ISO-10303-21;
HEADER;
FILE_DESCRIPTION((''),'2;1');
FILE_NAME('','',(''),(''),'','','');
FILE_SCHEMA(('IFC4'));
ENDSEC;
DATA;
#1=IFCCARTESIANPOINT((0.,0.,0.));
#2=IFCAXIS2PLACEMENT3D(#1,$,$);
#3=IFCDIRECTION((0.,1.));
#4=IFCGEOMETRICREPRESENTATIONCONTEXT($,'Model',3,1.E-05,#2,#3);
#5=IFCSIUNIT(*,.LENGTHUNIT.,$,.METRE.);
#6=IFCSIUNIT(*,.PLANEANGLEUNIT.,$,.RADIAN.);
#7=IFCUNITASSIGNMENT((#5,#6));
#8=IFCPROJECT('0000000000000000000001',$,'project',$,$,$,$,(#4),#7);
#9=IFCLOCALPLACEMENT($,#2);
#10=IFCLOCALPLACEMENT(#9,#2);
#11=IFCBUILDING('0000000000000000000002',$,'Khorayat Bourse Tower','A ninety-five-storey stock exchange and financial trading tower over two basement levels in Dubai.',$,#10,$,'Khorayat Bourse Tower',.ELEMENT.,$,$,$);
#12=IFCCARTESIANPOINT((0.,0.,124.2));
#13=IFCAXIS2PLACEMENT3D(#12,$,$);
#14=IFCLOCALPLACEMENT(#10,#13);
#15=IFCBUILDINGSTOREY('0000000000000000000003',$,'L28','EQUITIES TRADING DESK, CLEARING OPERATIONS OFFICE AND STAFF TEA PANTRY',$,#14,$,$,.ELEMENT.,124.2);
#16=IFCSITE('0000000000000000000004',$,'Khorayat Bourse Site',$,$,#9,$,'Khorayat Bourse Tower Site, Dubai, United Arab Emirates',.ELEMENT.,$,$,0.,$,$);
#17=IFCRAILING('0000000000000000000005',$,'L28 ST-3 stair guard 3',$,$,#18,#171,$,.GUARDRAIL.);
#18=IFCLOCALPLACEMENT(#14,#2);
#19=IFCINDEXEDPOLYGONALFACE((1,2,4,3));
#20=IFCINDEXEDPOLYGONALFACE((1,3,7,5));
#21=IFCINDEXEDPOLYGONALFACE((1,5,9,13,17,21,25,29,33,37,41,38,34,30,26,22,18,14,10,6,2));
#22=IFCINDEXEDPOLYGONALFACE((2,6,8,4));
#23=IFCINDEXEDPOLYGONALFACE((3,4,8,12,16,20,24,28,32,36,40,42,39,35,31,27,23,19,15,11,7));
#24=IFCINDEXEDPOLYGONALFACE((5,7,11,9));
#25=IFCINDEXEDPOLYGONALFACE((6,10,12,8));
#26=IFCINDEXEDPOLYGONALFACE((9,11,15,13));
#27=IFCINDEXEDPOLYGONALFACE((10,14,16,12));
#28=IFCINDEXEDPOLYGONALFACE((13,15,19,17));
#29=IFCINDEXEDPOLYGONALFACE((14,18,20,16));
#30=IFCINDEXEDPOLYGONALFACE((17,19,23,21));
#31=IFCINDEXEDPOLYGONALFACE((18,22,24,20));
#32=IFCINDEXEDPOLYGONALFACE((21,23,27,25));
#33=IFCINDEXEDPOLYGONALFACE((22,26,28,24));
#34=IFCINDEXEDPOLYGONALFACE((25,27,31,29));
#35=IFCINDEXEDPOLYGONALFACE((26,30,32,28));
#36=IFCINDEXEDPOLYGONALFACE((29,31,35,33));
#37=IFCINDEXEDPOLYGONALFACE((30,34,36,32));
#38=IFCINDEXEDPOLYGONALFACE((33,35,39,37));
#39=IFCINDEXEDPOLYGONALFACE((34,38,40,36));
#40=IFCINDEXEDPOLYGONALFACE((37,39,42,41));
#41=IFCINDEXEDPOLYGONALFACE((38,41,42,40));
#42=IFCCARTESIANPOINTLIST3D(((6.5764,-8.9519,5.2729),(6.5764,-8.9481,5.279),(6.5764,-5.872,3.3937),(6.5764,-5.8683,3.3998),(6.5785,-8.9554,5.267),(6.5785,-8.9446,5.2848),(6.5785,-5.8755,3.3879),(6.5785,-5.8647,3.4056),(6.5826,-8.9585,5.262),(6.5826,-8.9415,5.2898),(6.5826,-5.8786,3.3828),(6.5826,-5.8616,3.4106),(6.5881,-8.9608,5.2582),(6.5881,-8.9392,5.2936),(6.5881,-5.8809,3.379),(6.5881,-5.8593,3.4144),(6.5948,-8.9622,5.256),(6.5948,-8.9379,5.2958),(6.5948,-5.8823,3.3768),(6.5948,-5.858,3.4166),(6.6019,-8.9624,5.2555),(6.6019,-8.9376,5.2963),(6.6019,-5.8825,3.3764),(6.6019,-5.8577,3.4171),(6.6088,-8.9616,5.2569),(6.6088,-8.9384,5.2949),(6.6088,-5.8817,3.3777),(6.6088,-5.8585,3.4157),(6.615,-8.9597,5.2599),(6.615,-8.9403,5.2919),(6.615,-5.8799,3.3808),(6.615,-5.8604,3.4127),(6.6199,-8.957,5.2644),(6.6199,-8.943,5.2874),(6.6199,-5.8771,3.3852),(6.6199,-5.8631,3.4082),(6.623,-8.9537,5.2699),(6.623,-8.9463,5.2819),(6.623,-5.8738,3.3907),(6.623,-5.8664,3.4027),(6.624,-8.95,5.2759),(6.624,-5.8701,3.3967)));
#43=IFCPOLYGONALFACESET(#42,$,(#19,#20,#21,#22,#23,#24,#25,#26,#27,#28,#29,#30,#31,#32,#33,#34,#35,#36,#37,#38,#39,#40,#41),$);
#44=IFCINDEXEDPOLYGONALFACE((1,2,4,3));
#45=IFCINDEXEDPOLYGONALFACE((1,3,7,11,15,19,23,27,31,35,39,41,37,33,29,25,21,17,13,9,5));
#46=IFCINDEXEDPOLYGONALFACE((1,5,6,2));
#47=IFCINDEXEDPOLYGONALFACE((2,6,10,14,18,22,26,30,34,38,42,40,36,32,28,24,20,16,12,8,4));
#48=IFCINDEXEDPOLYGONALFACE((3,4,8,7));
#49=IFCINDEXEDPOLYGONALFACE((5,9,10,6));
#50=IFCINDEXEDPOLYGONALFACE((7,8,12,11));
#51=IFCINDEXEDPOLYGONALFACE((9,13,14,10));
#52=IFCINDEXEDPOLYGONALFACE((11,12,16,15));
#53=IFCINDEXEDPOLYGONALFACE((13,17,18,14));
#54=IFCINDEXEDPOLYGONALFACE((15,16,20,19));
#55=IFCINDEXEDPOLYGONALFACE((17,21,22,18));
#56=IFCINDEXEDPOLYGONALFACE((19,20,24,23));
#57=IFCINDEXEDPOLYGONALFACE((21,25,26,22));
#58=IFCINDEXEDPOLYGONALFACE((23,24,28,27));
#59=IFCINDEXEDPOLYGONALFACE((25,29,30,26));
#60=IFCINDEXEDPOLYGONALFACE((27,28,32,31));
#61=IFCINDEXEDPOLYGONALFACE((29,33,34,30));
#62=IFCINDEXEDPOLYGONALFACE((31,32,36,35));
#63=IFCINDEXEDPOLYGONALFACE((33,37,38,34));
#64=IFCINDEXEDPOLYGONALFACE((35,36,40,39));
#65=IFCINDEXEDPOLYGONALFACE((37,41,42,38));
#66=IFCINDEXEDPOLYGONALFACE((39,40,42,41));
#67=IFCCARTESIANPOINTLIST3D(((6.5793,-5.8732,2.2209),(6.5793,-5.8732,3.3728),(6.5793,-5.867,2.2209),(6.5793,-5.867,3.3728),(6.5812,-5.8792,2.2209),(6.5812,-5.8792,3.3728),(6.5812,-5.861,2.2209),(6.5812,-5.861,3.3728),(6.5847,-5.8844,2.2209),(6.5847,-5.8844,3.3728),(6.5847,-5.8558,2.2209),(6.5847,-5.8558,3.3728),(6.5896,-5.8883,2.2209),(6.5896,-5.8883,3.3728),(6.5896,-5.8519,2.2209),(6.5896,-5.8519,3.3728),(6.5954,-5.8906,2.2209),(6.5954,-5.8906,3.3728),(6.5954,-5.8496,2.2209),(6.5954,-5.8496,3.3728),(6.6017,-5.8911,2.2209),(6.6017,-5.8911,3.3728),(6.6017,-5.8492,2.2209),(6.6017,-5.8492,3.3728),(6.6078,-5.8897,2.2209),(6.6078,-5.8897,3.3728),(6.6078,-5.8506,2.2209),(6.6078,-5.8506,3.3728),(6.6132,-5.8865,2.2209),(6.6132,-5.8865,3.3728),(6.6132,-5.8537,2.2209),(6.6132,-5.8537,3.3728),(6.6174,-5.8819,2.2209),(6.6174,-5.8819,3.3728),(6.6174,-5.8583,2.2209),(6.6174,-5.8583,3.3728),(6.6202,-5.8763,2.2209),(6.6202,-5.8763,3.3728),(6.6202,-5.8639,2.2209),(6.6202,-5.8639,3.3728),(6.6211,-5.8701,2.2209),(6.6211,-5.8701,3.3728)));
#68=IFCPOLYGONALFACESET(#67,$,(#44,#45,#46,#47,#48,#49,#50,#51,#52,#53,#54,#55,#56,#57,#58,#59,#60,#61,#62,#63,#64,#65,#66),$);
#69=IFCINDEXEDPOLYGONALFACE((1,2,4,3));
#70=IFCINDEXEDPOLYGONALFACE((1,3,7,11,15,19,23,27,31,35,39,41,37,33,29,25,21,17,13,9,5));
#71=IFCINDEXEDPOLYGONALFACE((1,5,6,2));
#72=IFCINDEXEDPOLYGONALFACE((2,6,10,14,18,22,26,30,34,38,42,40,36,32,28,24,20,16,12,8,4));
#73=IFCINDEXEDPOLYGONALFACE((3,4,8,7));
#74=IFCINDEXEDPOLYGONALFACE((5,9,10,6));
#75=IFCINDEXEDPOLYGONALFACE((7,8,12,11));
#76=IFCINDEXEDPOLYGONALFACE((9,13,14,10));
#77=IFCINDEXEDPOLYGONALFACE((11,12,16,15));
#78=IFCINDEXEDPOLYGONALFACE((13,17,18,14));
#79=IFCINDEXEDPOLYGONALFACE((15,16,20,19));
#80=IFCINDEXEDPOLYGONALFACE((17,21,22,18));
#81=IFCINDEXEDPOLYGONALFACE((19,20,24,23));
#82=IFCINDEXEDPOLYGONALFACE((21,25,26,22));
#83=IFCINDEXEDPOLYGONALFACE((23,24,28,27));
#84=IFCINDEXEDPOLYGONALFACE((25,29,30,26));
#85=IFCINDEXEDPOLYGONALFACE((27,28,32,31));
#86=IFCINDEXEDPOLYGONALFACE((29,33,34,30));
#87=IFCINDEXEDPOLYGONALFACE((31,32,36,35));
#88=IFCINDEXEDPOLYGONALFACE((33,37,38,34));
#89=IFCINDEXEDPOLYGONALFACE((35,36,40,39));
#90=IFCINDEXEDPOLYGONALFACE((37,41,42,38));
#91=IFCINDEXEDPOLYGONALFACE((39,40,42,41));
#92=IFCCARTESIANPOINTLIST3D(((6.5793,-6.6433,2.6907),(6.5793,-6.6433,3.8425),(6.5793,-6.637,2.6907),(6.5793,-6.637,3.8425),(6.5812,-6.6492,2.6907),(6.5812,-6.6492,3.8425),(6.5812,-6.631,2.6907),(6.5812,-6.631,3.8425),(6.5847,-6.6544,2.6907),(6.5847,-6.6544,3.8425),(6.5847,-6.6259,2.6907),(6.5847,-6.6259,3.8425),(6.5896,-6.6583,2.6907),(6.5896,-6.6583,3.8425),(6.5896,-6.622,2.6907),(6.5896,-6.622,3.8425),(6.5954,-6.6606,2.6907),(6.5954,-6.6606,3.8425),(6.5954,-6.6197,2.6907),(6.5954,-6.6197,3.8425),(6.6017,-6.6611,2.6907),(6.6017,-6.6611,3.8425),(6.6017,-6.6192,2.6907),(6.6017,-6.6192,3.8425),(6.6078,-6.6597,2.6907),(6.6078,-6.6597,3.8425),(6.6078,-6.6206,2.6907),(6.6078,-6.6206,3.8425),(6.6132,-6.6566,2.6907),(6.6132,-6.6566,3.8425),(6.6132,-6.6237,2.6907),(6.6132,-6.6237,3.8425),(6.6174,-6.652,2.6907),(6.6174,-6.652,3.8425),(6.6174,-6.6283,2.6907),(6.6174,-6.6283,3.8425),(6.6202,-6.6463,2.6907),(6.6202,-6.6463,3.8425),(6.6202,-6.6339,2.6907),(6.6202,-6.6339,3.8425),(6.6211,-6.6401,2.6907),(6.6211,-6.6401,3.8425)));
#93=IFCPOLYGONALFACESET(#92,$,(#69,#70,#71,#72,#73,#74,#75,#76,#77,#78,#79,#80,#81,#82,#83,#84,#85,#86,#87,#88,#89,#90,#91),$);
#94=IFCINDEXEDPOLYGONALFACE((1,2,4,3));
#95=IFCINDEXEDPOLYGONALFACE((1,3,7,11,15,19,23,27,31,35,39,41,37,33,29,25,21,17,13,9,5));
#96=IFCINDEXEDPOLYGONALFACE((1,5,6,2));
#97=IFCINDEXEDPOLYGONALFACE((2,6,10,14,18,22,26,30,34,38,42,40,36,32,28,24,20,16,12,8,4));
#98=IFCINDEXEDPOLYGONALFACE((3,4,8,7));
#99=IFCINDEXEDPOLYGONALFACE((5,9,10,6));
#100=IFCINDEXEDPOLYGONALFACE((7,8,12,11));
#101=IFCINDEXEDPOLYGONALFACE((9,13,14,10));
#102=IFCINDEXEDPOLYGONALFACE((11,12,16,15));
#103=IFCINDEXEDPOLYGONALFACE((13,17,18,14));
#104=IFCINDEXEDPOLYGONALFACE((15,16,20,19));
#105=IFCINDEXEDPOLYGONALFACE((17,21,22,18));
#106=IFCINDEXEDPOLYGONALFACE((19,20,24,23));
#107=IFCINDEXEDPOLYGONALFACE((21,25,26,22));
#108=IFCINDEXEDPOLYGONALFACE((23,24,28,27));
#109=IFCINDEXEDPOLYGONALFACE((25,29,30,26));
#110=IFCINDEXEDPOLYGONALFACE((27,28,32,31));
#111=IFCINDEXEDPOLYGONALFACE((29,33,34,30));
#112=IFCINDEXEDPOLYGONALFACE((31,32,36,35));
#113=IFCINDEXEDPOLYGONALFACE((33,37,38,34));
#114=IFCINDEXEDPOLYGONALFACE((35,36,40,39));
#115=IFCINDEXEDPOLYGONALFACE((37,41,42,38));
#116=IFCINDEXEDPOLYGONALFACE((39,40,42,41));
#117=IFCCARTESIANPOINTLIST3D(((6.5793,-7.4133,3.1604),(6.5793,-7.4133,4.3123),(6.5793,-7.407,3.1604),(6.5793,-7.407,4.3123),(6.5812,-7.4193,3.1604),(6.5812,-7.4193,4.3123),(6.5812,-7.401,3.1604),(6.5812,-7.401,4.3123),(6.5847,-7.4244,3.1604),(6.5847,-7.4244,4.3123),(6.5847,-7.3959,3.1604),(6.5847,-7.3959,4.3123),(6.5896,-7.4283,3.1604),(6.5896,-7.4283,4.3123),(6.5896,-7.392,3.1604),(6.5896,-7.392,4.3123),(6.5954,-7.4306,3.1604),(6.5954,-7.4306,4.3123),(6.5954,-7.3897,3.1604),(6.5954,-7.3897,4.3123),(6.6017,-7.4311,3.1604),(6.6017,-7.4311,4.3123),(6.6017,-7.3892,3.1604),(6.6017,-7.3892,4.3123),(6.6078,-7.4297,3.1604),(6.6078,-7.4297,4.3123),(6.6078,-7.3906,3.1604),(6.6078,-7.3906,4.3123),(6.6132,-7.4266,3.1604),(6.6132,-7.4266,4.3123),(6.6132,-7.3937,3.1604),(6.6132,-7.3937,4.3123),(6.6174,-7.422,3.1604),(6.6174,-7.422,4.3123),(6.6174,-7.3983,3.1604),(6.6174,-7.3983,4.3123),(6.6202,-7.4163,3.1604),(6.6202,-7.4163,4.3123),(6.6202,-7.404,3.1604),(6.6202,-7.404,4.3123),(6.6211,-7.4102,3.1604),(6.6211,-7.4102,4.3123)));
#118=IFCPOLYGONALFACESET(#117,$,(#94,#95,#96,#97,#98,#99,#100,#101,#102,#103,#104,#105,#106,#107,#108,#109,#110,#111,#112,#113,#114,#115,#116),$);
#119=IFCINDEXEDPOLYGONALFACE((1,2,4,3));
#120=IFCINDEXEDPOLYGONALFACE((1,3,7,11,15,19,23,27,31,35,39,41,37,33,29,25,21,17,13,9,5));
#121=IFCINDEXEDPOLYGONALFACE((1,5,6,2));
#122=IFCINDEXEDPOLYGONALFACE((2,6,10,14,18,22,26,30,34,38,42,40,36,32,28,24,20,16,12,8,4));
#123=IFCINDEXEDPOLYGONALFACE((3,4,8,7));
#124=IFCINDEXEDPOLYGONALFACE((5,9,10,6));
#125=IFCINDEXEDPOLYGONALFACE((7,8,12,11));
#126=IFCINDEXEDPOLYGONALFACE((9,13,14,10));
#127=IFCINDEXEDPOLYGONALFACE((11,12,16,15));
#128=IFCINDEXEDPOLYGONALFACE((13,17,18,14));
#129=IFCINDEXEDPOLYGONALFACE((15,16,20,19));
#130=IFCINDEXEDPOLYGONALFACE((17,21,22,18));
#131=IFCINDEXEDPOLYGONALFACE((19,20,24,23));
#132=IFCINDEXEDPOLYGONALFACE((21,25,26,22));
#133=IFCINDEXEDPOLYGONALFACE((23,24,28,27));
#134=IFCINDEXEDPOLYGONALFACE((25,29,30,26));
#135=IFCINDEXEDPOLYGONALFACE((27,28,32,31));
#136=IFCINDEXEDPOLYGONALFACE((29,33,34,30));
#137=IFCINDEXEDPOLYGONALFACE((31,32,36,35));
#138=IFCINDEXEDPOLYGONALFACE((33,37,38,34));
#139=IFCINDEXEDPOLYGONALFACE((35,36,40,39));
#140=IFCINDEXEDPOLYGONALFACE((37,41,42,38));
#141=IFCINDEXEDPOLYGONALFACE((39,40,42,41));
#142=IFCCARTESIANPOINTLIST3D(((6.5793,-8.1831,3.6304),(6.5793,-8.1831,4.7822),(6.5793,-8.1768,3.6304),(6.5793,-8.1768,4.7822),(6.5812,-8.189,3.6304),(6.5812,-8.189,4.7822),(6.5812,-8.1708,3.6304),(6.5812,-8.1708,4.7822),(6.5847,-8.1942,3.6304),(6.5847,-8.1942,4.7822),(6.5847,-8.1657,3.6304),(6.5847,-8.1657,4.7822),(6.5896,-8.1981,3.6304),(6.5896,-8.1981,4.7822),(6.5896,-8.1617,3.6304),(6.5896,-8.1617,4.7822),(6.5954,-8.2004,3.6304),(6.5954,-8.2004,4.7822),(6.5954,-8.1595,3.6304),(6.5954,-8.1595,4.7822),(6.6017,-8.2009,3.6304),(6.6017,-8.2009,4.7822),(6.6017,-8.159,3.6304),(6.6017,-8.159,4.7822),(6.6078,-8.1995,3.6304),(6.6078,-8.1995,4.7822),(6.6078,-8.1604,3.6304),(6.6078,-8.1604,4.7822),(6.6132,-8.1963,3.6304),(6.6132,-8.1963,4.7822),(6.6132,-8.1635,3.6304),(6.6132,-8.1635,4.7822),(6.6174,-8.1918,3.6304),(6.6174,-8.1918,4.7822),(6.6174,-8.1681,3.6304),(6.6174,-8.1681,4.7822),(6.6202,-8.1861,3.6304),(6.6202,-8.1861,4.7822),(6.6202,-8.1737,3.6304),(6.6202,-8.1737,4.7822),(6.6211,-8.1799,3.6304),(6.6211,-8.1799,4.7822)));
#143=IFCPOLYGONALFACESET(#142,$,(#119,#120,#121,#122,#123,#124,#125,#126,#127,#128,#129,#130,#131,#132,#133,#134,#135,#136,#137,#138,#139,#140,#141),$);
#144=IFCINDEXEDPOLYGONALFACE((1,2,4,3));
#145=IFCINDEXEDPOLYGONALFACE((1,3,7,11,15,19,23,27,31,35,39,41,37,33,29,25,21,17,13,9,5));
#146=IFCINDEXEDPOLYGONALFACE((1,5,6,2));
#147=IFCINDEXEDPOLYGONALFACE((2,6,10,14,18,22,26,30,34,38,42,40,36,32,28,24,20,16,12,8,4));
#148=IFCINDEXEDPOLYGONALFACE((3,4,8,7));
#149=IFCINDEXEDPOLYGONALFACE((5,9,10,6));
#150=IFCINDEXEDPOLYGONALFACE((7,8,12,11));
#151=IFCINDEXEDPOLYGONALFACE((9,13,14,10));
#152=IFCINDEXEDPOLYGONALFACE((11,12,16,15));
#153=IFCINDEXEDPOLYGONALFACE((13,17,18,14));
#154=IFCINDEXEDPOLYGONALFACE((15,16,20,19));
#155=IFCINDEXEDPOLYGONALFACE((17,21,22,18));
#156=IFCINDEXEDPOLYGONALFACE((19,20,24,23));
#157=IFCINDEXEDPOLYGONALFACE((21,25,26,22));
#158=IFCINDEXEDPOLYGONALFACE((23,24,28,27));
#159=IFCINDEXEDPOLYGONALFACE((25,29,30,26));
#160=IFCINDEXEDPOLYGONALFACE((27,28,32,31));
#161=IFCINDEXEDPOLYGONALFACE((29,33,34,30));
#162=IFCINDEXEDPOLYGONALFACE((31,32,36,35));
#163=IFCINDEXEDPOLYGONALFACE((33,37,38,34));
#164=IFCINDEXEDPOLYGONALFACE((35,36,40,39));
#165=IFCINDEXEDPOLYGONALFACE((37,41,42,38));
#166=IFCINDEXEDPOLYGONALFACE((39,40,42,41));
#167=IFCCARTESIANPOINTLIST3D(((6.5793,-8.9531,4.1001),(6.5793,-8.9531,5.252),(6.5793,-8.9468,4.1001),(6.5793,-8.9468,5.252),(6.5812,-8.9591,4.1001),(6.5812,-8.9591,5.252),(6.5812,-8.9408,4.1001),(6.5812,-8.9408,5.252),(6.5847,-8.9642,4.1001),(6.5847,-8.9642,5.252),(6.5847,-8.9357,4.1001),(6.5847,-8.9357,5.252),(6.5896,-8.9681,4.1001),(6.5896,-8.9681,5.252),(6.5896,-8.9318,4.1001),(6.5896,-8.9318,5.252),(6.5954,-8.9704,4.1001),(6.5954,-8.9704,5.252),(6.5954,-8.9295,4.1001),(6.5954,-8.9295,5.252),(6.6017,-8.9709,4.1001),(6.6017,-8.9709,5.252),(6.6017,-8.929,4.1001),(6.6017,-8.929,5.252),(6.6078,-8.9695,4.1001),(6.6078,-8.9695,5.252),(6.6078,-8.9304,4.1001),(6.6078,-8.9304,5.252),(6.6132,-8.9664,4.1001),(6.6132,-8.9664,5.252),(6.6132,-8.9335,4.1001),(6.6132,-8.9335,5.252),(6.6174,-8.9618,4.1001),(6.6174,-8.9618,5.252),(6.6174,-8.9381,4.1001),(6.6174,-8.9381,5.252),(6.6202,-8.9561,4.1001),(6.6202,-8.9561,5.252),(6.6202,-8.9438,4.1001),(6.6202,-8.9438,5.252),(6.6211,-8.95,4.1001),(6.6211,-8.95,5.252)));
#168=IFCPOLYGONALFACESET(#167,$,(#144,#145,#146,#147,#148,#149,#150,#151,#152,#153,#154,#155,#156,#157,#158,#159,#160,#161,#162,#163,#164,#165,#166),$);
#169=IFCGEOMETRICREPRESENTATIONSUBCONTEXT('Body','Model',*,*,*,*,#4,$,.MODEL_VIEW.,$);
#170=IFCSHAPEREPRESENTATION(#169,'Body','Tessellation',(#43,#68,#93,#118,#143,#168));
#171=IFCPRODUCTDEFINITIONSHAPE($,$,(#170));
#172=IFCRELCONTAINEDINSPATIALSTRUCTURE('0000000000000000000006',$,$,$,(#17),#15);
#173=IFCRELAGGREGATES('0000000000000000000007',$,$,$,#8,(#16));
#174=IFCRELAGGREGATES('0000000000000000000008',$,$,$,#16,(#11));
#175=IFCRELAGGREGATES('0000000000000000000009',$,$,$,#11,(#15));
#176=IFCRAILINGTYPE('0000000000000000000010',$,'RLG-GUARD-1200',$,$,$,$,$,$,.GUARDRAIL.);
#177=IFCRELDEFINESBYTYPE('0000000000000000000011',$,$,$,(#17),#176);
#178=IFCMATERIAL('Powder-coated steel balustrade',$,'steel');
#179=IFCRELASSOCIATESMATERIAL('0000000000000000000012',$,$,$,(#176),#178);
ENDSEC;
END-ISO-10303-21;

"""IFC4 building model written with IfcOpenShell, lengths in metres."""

from ifc_helpers import new_model, si_unit, direction, frame, origin, origin_2d, place, context, subcontext, project, spatial, circle, extrude, source, transform, mapped, material, type_object, element, save


model = new_model("IFC4")

# Units and contexts
model_context = context("Model", 3, precision=1e-05, world=origin(), true_north=direction((0.0, 1.0)))
body_context = subcontext(model_context, "Body", "Model", "MODEL_VIEW")
ifc_project = project(units=[si_unit("LENGTHUNIT", "METRE"), si_unit("PLANEANGLEUNIT", "RADIAN")], contexts=[model_context])

# Site, building, storey
site_placement = place(None, origin())
site = spatial("IfcSite", under=ifc_project, at=site_placement, Name="Khorayat Bourse Site", LongName="Khorayat Bourse Tower Site, Dubai, United Arab Emirates", CompositionType="ELEMENT", RefElevation=0.0)
building_placement = place(site_placement, origin())
building = spatial("IfcBuilding", under=site, at=building_placement, Name="Khorayat Bourse Tower", Description="A ninety-five-storey stock exchange and financial trading tower over two basement levels in Dubai.", LongName="Khorayat Bourse Tower", CompositionType="ELEMENT")
storey_placement = place(building_placement, frame((0.0, 0.0, 124.2)))
storey = spatial("IfcBuildingStorey", under=building, at=storey_placement, Name="L28", Description="EQUITIES TRADING DESK, CLEARING OPERATIONS OFFICE AND STAFF TEA PANTRY", CompositionType="ELEMENT", Elevation=124.2)

# Railing
ifc_material_1 = material(Name="Powder-coated steel balustrade", Category="steel")
railing_type_1 = type_object("IfcRailingType", Name="RLG-GUARD-1200", PredefinedType="GUARDRAIL", material=ifc_material_1)
shared_shape_1 = source(origin(), body_context, "Body", "SweptSolid", [
    extrude(circle(Radius=0.0239, at=origin_2d()), frame((0.0, 0.0, 1.1758), z_axis=(0.0, -0.853648, 0.52085), x_axis=(1.0, 0.0, 0.0)), (0.0, 0.0, 1.0), 3.6079),
    extrude(circle(Radius=0.021, at=origin_2d()), origin(), (0.0, 0.0, 1.0), 1.1519),
    extrude(circle(Radius=0.021, at=origin_2d()), frame((0.0, -0.77, 0.4697)), (0.0, 0.0, 1.0), 1.1519),
    extrude(circle(Radius=0.021, at=origin_2d()), frame((0.0, -1.54, 0.9395)), (0.0, 0.0, 1.0), 1.1519),
    extrude(circle(Radius=0.021, at=origin_2d()), frame((0.0, -2.3098, 1.4094)), (0.0, 0.0, 1.0), 1.1519),
    extrude(circle(Radius=0.021, at=origin_2d()), frame((0.0, -3.0798, 1.8792)), (0.0, 0.0, 1.0), 1.1519),
])
railing_1_placement = place(storey_placement, frame((6.6001, -5.8701, 2.2209)))
element("IfcRailing", 1, at=railing_1_placement, inside=storey, type_object=railing_type_1, Name="L28 ST-3 stair guard 3", PredefinedType="GUARDRAIL", context=body_context, shape_type="MappedRepresentation", body=[
    mapped(shared_shape_1, transform((0.0, 0.0, 0.0), scale=1.0)),
])

save(model, "model.ifc")
